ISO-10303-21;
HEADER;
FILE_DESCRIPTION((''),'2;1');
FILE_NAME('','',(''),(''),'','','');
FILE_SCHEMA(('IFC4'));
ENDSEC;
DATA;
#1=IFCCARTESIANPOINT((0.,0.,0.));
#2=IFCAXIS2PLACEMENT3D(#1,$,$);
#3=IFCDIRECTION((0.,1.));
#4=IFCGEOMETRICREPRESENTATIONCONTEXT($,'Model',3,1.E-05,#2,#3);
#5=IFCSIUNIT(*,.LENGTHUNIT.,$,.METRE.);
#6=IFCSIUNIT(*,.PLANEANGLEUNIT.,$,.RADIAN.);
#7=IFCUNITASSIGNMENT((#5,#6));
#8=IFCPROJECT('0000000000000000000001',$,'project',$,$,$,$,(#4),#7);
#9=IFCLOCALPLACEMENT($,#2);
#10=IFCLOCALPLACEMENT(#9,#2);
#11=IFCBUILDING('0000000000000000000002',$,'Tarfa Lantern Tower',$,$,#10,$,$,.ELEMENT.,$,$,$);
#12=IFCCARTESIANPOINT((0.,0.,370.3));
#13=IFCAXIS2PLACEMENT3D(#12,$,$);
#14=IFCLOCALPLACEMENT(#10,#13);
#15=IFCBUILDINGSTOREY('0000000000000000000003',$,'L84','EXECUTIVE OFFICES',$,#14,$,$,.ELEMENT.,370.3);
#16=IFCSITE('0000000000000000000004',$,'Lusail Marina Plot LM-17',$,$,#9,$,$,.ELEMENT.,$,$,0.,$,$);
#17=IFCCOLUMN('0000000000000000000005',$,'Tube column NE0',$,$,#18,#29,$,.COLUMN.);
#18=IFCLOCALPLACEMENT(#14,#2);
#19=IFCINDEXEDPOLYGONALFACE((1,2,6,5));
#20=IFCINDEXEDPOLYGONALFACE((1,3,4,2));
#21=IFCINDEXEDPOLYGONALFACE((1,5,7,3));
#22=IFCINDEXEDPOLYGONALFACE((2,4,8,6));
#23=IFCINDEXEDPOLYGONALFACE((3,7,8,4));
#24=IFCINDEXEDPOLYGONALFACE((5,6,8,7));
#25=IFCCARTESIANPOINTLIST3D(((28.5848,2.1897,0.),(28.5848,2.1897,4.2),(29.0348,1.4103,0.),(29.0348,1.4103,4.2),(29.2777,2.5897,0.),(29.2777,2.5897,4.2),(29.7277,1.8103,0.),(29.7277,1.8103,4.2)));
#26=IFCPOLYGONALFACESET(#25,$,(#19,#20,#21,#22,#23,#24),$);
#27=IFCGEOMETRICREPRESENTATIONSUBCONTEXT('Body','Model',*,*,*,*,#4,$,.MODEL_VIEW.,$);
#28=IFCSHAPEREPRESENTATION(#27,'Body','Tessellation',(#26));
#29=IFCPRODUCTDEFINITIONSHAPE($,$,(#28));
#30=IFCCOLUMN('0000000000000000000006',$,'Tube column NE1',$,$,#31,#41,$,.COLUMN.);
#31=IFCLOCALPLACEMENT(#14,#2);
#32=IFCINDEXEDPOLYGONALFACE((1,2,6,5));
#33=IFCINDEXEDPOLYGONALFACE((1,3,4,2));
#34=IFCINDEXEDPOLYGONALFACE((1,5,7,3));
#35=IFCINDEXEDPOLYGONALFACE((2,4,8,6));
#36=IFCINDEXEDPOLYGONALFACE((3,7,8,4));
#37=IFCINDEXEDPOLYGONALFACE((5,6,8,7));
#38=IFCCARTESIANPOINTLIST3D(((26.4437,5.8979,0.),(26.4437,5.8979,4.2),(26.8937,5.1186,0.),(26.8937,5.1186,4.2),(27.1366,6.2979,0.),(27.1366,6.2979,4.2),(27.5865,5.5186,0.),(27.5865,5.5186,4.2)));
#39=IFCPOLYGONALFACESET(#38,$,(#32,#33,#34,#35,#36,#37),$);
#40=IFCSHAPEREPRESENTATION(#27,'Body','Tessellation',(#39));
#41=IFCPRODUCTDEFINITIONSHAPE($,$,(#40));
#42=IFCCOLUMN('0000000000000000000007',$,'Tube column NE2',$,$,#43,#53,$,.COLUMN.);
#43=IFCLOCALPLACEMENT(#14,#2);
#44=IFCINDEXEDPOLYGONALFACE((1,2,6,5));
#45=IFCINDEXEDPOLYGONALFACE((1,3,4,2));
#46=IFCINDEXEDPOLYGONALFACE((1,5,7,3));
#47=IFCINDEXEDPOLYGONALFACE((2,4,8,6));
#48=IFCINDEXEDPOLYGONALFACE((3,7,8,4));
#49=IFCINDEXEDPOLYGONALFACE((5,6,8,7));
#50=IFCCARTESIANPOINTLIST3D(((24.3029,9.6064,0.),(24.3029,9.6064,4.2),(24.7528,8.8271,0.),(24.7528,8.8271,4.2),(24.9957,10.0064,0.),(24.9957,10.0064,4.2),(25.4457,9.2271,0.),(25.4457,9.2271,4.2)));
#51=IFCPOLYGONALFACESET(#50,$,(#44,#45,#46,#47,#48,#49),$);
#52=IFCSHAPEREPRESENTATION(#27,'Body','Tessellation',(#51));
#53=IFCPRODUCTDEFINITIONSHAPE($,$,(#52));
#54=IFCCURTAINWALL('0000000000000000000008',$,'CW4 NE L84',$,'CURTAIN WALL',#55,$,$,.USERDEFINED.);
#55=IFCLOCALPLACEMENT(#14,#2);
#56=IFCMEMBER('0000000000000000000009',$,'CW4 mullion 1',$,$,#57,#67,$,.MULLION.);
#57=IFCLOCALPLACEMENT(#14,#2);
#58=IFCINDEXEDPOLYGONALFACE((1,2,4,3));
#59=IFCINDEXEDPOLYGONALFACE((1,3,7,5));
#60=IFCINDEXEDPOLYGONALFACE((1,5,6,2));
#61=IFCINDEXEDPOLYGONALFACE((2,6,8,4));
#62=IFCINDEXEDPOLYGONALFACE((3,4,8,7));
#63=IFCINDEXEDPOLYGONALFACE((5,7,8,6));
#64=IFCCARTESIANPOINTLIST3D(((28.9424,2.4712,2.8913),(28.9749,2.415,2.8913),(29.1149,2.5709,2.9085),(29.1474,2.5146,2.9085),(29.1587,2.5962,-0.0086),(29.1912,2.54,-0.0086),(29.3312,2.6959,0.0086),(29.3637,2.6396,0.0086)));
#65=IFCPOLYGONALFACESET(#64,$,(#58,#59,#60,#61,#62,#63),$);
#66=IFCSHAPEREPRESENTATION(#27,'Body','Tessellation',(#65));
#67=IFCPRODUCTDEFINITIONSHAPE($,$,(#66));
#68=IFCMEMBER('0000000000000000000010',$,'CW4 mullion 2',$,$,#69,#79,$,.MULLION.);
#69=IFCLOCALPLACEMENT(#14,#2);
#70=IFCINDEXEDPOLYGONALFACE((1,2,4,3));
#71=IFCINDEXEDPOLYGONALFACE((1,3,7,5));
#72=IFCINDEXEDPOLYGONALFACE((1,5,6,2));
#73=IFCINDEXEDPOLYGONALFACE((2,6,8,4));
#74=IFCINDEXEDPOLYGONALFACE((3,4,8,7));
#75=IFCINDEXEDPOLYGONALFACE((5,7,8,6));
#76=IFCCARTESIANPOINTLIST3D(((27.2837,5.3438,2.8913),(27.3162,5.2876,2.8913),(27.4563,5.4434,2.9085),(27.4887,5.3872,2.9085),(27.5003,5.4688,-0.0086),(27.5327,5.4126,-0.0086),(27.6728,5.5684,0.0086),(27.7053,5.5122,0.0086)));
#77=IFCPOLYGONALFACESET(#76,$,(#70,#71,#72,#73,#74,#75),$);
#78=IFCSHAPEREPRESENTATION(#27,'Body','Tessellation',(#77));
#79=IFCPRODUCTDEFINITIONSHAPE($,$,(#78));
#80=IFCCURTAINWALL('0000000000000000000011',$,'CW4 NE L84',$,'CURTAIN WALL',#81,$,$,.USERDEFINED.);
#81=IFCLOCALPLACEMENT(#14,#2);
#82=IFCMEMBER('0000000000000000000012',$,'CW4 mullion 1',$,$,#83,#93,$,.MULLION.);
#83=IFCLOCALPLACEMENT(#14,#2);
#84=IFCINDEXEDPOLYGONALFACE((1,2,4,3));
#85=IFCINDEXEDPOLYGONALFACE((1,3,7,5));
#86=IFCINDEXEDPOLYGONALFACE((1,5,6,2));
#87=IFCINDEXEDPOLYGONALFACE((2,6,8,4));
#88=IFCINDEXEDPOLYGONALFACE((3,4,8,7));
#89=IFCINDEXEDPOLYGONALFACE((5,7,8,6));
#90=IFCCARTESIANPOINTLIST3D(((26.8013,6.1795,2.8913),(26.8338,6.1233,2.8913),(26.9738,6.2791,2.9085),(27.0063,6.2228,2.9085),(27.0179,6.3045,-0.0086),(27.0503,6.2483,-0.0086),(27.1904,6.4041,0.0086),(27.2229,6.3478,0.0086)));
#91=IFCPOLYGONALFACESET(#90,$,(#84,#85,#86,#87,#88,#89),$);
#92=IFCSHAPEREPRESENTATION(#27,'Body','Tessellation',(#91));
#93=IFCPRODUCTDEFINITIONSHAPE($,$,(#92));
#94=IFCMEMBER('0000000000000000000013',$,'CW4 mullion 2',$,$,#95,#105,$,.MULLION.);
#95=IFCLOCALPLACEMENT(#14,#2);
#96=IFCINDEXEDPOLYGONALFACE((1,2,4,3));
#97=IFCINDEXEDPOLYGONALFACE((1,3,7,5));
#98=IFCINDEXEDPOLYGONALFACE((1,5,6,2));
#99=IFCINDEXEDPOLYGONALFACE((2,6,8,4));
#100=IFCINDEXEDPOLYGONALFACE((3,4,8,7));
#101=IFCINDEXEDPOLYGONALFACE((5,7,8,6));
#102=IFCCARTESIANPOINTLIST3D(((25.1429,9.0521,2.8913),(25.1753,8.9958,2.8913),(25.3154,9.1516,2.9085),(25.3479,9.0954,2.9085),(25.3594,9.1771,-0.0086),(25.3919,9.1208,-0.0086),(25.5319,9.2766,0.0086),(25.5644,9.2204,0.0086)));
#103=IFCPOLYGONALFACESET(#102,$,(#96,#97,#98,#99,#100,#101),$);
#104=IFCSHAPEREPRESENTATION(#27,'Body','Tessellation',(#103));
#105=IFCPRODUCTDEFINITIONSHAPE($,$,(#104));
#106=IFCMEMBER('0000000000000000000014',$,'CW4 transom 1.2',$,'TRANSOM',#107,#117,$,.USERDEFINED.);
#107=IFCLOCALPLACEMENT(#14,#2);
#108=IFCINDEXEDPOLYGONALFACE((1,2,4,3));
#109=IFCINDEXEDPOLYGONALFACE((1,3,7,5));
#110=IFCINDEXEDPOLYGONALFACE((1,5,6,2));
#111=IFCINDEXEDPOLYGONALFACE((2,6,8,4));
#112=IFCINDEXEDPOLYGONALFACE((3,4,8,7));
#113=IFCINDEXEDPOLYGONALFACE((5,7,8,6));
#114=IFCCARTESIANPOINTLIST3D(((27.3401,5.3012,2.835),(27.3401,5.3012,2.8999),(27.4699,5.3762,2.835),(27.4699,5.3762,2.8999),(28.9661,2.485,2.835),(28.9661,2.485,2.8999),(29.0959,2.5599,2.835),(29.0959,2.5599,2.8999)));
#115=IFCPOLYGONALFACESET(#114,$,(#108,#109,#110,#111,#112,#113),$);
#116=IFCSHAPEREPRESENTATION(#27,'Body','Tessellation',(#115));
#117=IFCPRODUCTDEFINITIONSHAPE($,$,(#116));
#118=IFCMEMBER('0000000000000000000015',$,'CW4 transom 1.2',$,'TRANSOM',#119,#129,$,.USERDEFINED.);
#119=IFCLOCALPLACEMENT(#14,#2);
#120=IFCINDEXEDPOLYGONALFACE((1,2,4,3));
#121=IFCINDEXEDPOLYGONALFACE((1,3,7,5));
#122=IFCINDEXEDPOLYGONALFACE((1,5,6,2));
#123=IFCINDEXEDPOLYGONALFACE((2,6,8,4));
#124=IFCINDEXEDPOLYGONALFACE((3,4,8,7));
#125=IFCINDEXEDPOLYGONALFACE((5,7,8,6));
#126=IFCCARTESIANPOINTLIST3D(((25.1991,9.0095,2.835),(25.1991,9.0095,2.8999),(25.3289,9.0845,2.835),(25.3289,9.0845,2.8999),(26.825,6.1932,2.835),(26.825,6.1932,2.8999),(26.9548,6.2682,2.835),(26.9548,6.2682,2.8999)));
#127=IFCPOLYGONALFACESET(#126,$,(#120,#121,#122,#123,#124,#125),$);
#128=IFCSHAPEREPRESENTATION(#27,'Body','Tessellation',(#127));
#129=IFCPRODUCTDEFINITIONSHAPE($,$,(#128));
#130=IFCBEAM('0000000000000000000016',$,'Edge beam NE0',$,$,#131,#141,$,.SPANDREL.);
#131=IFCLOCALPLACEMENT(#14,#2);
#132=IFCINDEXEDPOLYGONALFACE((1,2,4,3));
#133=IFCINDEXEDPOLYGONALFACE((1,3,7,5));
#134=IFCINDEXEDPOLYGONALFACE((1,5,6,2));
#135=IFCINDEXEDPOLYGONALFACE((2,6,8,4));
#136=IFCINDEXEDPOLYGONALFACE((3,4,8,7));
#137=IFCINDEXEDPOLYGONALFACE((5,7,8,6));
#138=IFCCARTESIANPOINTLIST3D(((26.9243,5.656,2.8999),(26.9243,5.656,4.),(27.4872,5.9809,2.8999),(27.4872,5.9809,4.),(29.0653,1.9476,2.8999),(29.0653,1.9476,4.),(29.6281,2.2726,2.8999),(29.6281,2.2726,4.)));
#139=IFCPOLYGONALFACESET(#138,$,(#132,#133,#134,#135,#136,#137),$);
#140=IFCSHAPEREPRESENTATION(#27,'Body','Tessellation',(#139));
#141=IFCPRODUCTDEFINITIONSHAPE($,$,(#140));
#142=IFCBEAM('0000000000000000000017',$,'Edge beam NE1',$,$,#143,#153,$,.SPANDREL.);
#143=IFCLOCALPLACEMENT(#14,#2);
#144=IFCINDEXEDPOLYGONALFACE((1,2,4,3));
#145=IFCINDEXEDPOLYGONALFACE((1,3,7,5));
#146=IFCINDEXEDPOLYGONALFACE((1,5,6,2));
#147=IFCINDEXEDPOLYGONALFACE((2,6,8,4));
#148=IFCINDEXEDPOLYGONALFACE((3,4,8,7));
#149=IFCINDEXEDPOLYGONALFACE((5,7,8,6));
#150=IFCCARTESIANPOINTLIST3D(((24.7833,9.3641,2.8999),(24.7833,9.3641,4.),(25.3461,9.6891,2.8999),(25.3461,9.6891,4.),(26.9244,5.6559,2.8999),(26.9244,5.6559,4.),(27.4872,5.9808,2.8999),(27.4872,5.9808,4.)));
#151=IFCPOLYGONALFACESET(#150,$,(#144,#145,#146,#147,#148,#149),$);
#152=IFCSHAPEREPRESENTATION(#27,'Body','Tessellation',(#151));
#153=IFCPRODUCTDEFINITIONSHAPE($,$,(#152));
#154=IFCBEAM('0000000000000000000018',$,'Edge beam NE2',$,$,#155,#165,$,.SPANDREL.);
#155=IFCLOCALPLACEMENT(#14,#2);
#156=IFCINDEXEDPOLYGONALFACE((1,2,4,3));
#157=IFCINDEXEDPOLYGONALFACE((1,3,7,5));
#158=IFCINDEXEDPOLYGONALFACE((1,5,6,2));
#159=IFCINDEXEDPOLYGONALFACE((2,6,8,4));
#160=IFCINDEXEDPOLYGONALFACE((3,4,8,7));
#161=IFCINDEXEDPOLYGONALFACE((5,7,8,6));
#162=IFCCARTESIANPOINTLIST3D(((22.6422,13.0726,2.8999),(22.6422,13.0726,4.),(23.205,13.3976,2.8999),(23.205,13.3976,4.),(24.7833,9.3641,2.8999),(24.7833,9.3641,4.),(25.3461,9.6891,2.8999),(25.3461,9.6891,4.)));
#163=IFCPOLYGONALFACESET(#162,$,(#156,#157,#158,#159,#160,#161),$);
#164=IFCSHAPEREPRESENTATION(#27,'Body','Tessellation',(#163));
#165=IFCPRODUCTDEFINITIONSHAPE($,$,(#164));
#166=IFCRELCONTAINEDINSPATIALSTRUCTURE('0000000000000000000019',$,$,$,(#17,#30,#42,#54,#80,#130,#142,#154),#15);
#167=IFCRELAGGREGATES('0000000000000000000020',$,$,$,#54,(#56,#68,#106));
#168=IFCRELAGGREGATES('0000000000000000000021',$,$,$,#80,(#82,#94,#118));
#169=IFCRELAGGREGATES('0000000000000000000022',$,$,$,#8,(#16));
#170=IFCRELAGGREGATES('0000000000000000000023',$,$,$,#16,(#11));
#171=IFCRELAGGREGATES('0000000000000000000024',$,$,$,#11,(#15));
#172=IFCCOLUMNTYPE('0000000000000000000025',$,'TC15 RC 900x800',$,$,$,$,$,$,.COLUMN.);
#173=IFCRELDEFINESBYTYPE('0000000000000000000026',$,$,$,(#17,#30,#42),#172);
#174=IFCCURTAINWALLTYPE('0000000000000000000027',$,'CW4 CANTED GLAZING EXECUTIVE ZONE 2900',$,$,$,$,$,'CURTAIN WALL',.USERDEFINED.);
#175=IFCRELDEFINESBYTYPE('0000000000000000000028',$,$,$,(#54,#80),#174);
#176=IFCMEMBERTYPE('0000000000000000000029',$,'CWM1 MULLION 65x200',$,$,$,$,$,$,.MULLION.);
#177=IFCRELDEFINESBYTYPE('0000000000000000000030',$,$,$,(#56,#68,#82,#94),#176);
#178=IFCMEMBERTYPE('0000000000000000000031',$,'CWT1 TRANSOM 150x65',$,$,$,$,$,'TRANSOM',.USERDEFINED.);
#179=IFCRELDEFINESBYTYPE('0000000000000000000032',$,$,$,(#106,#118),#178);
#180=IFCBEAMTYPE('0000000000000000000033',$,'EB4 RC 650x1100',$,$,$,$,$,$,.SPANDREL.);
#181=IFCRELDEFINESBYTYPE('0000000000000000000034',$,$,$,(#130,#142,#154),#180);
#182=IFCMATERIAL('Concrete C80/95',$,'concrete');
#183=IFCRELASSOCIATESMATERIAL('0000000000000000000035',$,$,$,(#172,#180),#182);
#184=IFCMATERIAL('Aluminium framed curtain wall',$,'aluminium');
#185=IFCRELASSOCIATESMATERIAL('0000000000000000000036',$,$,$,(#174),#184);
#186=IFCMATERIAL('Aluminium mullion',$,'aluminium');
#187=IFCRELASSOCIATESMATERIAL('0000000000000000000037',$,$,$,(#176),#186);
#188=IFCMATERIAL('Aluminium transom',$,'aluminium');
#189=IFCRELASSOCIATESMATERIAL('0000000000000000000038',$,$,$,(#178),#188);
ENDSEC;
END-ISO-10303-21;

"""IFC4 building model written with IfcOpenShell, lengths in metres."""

from ifc_helpers import new_model, si_unit, direction, frame, origin, origin_2d, place, context, subcontext, project, spatial, rectangle, extrude, material, material_profile, profile_set, type_object, element, aggregate, save


model = new_model("IFC4")

# Units and contexts
model_context = context("Model", 3, precision=1e-05, world=origin(), true_north=direction((0.0, 1.0)))
body_context = subcontext(model_context, "Body", "Model", "MODEL_VIEW")
ifc_project = project(units=[si_unit("LENGTHUNIT", "METRE"), si_unit("PLANEANGLEUNIT", "RADIAN")], contexts=[model_context])

# Site, building, storey
site_placement = place(None, origin())
site = spatial("IfcSite", under=ifc_project, at=site_placement, Name="Lusail Marina Plot LM-17", CompositionType="ELEMENT", RefElevation=0.0)
building_placement = place(site_placement, origin())
building = spatial("IfcBuilding", under=site, at=building_placement, Name="Tarfa Lantern Tower", CompositionType="ELEMENT")
storey_placement = place(building_placement, frame((0.0, 0.0, 370.3)))
storey = spatial("IfcBuildingStorey", under=building, at=storey_placement, Name="L84", Description="EXECUTIVE OFFICES", CompositionType="ELEMENT", Elevation=370.3)

# Columns
ifc_material_1 = material(Name="Concrete C80/95", Category="concrete")
ifc_material_profile_1 = material_profile(ifc_material_1, rectangle(XDim=0.8999, YDim=0.8, at=origin_2d()), Name="RC 900x800")
ifc_profile_set_1 = profile_set([ifc_material_profile_1], Name="Concrete C80/95")
column_type = type_object("IfcColumnType", Name="TC15 RC 900x800", PredefinedType="COLUMN", material=ifc_profile_set_1)
for number, where, z_axis, x_axis, name in (
    (1, (29.1562, 2.0, 0.0), (0.0, 0.0, 1.0), (-0.5, 0.866025, 0.0), "Tube column NE0"),
    (2, (27.0151, 5.7083, 0.0), (0.0, 0.0, 1.0), (-0.5, 0.866025, 0.0), "Tube column NE1"),
    (3, (24.8743, 9.4167, 0.0), (0.0, 0.0, 1.0), (-0.5, 0.866025, 0.0), "Tube column NE2"),
):
    element("IfcColumn", number, at=place(storey_placement, frame(where, z_axis=z_axis, x_axis=x_axis)), inside=storey, type_object=column_type, Name=name, PredefinedType="COLUMN", context=body_context, shape_type="SweptSolid", body=[
        extrude(rectangle(XDim=0.8999, YDim=0.8, at=origin_2d()), origin(), (0.0, 0.0, 1.0), 4.2),
    ])

# Curtain walls, members
ifc_material_2 = material(Name="Aluminium framed curtain wall", Category="aluminium")
curtain_wall_type = type_object("IfcCurtainWallType", Name="CW4 CANTED GLAZING EXECUTIVE ZONE 2900", ElementType="CURTAIN WALL", PredefinedType="USERDEFINED", material=ifc_material_2)
curtain_wall_1_placement = place(storey_placement, origin())
curtain_wall_1 = element("IfcCurtainWall", 4, at=curtain_wall_1_placement, inside=storey, type_object=curtain_wall_type, Name="CW4 NE L84", ObjectType="CURTAIN WALL", PredefinedType="USERDEFINED")
ifc_material_3 = material(Name="Aluminium mullion", Category="aluminium")
ifc_material_profile_2 = material_profile(ifc_material_3, rectangle(XDim=0.0649, YDim=0.2, at=origin_2d()), Name="AL MULLION 65x200")
ifc_profile_set_2 = profile_set([ifc_material_profile_2], Name="Aluminium mullion")
member_type_1 = type_object("IfcMemberType", Name="CWM1 MULLION 65x200", PredefinedType="MULLION", material=ifc_profile_set_2)
member_1_placement = place(storey_placement, frame((29.2612, 2.6179, 0.0), z_axis=(-0.074316, -0.042946, 0.99631), x_axis=(0.500343, -0.865827, 0.0)))
member_1 = element("IfcMember", 5, at=member_1_placement, type_object=member_type_1, Name="CW4 mullion 1", PredefinedType="MULLION", context=body_context, shape_type="SweptSolid", body=[
    extrude(rectangle(XDim=0.0649, YDim=0.2, at=origin_2d()), origin(), (0.0, 0.0, 1.0), 2.9106),
])
member_2_placement = place(storey_placement, frame((27.6028, 5.4905, 0.0), z_axis=(-0.0744, -0.042946, 0.996303), x_axis=(0.49992, -0.866072, 0.0)))
member_2 = element("IfcMember", 6, at=member_2_placement, type_object=member_type_1, Name="CW4 mullion 2", PredefinedType="MULLION", context=body_context, shape_type="SweptSolid", body=[
    extrude(rectangle(XDim=0.0649, YDim=0.2, at=origin_2d()), origin(), (0.0, 0.0, 1.0), 2.9106),
])
curtain_wall_2_placement = place(storey_placement, origin())
curtain_wall_2 = element("IfcCurtainWall", 7, at=curtain_wall_2_placement, inside=storey, type_object=curtain_wall_type, Name="CW4 NE L84", ObjectType="CURTAIN WALL", PredefinedType="USERDEFINED")
member_3_placement = place(storey_placement, frame((27.1204, 6.3262, 0.0), z_axis=(-0.0744, -0.042946, 0.996303), x_axis=(0.49992, -0.866072, 0.0)))
member_3 = element("IfcMember", 8, at=member_3_placement, type_object=member_type_1, Name="CW4 mullion 1", PredefinedType="MULLION", context=body_context, shape_type="SweptSolid", body=[
    extrude(rectangle(XDim=0.0649, YDim=0.2, at=origin_2d()), origin(), (0.0, 0.0, 1.0), 2.9106),
])
member_4_placement = place(storey_placement, frame((25.4619, 9.1987, 0.0), z_axis=(-0.0744, -0.042946, 0.996303), x_axis=(0.49992, -0.866072, 0.0)))
member_4 = element("IfcMember", 9, at=member_4_placement, type_object=member_type_1, Name="CW4 mullion 2", PredefinedType="MULLION", context=body_context, shape_type="SweptSolid", body=[
    extrude(rectangle(XDim=0.0649, YDim=0.2, at=origin_2d()), origin(), (0.0, 0.0, 1.0), 2.9106),
])

# Members
ifc_material_4 = material(Name="Aluminium transom", Category="aluminium")
ifc_material_profile_3 = material_profile(ifc_material_4, rectangle(XDim=0.1499, YDim=0.0649, at=origin_2d()), Name="AL TRANSOM 150x65")
ifc_profile_set_3 = profile_set([ifc_material_profile_3], Name="Aluminium transom")
member_type_2 = type_object("IfcMemberType", Name="CWT1 TRANSOM 150x65", ElementType="TRANSOM", PredefinedType="USERDEFINED", material=ifc_profile_set_3)
member_5_placement = place(storey_placement, frame((29.031, 2.5225, 2.8674), z_axis=(-0.500015, 0.866017, 0.0), x_axis=(-0.866017, -0.500015, 0.0)))
member_5 = element("IfcMember", 10, at=member_5_placement, type_object=member_type_2, Name="CW4 transom 1.2", ObjectType="TRANSOM", PredefinedType="USERDEFINED", context=body_context, shape_type="SweptSolid", body=[
    extrude(rectangle(XDim=0.1499, YDim=0.0649, at=origin_2d()), origin(), (0.0, 0.0, 1.0), 3.252),
])
member_6_placement = place(storey_placement, frame((26.8899, 6.2307, 2.8674), z_axis=(-0.499982, 0.866036, 0.0), x_axis=(-0.866036, -0.499982, 0.0)))
member_6 = element("IfcMember", 11, at=member_6_placement, type_object=member_type_2, Name="CW4 transom 1.2", ObjectType="TRANSOM", PredefinedType="USERDEFINED", context=body_context, shape_type="SweptSolid", body=[
    extrude(rectangle(XDim=0.1499, YDim=0.0649, at=origin_2d()), origin(), (0.0, 0.0, 1.0), 3.252),
])

# Beams
ifc_material_profile_4 = material_profile(ifc_material_1, rectangle(XDim=0.6499, YDim=1.1001, at=origin_2d()), Name="RC 650x1100")
ifc_profile_set_4 = profile_set([ifc_material_profile_4], Name="Concrete C80/95")
beam_type_1 = type_object("IfcBeamType", Name="EB4 RC 650x1100", PredefinedType="SPANDREL", material=ifc_profile_set_4)
for number, where, z_axis, x_axis, name in (
    (12, (29.3467, 2.1101, 3.45), (-0.499984, 0.866035, 0.0), (-0.866035, -0.499984, 0.0), "Edge beam NE0"),
    (13, (27.2058, 5.8184, 3.45), (-0.500027, 0.86601, 0.0), (-0.86601, -0.500027, 0.0), "Edge beam NE1"),
):
    element("IfcBeam", number, at=place(storey_placement, frame(where, z_axis=z_axis, x_axis=x_axis)), inside=storey, type_object=beam_type_1, Name=name, PredefinedType="SPANDREL", context=body_context, shape_type="SweptSolid", body=[
        extrude(rectangle(XDim=0.6499, YDim=1.1001, at=origin_2d()), origin(), (0.0, 0.0, 1.0), 4.282),
    ])
beam_1_placement = place(storey_placement, frame((25.0647, 9.5266, 3.45), z_axis=(-0.500002, 0.866024, 0.0), x_axis=(-0.866024, -0.500002, 0.0)))
element("IfcBeam", 14, at=beam_1_placement, inside=storey, type_object=beam_type_1, Name="Edge beam NE2", PredefinedType="SPANDREL", context=body_context, shape_type="SweptSolid", body=[
    extrude(rectangle(XDim=0.6499, YDim=1.1001, at=origin_2d()), origin(), (0.0, 0.0, 1.0), 4.2822),
])

aggregate(curtain_wall_1, [member_1, member_2, member_5])
aggregate(curtain_wall_2, [member_3, member_4, member_6])

save(model, "model.ifc")
